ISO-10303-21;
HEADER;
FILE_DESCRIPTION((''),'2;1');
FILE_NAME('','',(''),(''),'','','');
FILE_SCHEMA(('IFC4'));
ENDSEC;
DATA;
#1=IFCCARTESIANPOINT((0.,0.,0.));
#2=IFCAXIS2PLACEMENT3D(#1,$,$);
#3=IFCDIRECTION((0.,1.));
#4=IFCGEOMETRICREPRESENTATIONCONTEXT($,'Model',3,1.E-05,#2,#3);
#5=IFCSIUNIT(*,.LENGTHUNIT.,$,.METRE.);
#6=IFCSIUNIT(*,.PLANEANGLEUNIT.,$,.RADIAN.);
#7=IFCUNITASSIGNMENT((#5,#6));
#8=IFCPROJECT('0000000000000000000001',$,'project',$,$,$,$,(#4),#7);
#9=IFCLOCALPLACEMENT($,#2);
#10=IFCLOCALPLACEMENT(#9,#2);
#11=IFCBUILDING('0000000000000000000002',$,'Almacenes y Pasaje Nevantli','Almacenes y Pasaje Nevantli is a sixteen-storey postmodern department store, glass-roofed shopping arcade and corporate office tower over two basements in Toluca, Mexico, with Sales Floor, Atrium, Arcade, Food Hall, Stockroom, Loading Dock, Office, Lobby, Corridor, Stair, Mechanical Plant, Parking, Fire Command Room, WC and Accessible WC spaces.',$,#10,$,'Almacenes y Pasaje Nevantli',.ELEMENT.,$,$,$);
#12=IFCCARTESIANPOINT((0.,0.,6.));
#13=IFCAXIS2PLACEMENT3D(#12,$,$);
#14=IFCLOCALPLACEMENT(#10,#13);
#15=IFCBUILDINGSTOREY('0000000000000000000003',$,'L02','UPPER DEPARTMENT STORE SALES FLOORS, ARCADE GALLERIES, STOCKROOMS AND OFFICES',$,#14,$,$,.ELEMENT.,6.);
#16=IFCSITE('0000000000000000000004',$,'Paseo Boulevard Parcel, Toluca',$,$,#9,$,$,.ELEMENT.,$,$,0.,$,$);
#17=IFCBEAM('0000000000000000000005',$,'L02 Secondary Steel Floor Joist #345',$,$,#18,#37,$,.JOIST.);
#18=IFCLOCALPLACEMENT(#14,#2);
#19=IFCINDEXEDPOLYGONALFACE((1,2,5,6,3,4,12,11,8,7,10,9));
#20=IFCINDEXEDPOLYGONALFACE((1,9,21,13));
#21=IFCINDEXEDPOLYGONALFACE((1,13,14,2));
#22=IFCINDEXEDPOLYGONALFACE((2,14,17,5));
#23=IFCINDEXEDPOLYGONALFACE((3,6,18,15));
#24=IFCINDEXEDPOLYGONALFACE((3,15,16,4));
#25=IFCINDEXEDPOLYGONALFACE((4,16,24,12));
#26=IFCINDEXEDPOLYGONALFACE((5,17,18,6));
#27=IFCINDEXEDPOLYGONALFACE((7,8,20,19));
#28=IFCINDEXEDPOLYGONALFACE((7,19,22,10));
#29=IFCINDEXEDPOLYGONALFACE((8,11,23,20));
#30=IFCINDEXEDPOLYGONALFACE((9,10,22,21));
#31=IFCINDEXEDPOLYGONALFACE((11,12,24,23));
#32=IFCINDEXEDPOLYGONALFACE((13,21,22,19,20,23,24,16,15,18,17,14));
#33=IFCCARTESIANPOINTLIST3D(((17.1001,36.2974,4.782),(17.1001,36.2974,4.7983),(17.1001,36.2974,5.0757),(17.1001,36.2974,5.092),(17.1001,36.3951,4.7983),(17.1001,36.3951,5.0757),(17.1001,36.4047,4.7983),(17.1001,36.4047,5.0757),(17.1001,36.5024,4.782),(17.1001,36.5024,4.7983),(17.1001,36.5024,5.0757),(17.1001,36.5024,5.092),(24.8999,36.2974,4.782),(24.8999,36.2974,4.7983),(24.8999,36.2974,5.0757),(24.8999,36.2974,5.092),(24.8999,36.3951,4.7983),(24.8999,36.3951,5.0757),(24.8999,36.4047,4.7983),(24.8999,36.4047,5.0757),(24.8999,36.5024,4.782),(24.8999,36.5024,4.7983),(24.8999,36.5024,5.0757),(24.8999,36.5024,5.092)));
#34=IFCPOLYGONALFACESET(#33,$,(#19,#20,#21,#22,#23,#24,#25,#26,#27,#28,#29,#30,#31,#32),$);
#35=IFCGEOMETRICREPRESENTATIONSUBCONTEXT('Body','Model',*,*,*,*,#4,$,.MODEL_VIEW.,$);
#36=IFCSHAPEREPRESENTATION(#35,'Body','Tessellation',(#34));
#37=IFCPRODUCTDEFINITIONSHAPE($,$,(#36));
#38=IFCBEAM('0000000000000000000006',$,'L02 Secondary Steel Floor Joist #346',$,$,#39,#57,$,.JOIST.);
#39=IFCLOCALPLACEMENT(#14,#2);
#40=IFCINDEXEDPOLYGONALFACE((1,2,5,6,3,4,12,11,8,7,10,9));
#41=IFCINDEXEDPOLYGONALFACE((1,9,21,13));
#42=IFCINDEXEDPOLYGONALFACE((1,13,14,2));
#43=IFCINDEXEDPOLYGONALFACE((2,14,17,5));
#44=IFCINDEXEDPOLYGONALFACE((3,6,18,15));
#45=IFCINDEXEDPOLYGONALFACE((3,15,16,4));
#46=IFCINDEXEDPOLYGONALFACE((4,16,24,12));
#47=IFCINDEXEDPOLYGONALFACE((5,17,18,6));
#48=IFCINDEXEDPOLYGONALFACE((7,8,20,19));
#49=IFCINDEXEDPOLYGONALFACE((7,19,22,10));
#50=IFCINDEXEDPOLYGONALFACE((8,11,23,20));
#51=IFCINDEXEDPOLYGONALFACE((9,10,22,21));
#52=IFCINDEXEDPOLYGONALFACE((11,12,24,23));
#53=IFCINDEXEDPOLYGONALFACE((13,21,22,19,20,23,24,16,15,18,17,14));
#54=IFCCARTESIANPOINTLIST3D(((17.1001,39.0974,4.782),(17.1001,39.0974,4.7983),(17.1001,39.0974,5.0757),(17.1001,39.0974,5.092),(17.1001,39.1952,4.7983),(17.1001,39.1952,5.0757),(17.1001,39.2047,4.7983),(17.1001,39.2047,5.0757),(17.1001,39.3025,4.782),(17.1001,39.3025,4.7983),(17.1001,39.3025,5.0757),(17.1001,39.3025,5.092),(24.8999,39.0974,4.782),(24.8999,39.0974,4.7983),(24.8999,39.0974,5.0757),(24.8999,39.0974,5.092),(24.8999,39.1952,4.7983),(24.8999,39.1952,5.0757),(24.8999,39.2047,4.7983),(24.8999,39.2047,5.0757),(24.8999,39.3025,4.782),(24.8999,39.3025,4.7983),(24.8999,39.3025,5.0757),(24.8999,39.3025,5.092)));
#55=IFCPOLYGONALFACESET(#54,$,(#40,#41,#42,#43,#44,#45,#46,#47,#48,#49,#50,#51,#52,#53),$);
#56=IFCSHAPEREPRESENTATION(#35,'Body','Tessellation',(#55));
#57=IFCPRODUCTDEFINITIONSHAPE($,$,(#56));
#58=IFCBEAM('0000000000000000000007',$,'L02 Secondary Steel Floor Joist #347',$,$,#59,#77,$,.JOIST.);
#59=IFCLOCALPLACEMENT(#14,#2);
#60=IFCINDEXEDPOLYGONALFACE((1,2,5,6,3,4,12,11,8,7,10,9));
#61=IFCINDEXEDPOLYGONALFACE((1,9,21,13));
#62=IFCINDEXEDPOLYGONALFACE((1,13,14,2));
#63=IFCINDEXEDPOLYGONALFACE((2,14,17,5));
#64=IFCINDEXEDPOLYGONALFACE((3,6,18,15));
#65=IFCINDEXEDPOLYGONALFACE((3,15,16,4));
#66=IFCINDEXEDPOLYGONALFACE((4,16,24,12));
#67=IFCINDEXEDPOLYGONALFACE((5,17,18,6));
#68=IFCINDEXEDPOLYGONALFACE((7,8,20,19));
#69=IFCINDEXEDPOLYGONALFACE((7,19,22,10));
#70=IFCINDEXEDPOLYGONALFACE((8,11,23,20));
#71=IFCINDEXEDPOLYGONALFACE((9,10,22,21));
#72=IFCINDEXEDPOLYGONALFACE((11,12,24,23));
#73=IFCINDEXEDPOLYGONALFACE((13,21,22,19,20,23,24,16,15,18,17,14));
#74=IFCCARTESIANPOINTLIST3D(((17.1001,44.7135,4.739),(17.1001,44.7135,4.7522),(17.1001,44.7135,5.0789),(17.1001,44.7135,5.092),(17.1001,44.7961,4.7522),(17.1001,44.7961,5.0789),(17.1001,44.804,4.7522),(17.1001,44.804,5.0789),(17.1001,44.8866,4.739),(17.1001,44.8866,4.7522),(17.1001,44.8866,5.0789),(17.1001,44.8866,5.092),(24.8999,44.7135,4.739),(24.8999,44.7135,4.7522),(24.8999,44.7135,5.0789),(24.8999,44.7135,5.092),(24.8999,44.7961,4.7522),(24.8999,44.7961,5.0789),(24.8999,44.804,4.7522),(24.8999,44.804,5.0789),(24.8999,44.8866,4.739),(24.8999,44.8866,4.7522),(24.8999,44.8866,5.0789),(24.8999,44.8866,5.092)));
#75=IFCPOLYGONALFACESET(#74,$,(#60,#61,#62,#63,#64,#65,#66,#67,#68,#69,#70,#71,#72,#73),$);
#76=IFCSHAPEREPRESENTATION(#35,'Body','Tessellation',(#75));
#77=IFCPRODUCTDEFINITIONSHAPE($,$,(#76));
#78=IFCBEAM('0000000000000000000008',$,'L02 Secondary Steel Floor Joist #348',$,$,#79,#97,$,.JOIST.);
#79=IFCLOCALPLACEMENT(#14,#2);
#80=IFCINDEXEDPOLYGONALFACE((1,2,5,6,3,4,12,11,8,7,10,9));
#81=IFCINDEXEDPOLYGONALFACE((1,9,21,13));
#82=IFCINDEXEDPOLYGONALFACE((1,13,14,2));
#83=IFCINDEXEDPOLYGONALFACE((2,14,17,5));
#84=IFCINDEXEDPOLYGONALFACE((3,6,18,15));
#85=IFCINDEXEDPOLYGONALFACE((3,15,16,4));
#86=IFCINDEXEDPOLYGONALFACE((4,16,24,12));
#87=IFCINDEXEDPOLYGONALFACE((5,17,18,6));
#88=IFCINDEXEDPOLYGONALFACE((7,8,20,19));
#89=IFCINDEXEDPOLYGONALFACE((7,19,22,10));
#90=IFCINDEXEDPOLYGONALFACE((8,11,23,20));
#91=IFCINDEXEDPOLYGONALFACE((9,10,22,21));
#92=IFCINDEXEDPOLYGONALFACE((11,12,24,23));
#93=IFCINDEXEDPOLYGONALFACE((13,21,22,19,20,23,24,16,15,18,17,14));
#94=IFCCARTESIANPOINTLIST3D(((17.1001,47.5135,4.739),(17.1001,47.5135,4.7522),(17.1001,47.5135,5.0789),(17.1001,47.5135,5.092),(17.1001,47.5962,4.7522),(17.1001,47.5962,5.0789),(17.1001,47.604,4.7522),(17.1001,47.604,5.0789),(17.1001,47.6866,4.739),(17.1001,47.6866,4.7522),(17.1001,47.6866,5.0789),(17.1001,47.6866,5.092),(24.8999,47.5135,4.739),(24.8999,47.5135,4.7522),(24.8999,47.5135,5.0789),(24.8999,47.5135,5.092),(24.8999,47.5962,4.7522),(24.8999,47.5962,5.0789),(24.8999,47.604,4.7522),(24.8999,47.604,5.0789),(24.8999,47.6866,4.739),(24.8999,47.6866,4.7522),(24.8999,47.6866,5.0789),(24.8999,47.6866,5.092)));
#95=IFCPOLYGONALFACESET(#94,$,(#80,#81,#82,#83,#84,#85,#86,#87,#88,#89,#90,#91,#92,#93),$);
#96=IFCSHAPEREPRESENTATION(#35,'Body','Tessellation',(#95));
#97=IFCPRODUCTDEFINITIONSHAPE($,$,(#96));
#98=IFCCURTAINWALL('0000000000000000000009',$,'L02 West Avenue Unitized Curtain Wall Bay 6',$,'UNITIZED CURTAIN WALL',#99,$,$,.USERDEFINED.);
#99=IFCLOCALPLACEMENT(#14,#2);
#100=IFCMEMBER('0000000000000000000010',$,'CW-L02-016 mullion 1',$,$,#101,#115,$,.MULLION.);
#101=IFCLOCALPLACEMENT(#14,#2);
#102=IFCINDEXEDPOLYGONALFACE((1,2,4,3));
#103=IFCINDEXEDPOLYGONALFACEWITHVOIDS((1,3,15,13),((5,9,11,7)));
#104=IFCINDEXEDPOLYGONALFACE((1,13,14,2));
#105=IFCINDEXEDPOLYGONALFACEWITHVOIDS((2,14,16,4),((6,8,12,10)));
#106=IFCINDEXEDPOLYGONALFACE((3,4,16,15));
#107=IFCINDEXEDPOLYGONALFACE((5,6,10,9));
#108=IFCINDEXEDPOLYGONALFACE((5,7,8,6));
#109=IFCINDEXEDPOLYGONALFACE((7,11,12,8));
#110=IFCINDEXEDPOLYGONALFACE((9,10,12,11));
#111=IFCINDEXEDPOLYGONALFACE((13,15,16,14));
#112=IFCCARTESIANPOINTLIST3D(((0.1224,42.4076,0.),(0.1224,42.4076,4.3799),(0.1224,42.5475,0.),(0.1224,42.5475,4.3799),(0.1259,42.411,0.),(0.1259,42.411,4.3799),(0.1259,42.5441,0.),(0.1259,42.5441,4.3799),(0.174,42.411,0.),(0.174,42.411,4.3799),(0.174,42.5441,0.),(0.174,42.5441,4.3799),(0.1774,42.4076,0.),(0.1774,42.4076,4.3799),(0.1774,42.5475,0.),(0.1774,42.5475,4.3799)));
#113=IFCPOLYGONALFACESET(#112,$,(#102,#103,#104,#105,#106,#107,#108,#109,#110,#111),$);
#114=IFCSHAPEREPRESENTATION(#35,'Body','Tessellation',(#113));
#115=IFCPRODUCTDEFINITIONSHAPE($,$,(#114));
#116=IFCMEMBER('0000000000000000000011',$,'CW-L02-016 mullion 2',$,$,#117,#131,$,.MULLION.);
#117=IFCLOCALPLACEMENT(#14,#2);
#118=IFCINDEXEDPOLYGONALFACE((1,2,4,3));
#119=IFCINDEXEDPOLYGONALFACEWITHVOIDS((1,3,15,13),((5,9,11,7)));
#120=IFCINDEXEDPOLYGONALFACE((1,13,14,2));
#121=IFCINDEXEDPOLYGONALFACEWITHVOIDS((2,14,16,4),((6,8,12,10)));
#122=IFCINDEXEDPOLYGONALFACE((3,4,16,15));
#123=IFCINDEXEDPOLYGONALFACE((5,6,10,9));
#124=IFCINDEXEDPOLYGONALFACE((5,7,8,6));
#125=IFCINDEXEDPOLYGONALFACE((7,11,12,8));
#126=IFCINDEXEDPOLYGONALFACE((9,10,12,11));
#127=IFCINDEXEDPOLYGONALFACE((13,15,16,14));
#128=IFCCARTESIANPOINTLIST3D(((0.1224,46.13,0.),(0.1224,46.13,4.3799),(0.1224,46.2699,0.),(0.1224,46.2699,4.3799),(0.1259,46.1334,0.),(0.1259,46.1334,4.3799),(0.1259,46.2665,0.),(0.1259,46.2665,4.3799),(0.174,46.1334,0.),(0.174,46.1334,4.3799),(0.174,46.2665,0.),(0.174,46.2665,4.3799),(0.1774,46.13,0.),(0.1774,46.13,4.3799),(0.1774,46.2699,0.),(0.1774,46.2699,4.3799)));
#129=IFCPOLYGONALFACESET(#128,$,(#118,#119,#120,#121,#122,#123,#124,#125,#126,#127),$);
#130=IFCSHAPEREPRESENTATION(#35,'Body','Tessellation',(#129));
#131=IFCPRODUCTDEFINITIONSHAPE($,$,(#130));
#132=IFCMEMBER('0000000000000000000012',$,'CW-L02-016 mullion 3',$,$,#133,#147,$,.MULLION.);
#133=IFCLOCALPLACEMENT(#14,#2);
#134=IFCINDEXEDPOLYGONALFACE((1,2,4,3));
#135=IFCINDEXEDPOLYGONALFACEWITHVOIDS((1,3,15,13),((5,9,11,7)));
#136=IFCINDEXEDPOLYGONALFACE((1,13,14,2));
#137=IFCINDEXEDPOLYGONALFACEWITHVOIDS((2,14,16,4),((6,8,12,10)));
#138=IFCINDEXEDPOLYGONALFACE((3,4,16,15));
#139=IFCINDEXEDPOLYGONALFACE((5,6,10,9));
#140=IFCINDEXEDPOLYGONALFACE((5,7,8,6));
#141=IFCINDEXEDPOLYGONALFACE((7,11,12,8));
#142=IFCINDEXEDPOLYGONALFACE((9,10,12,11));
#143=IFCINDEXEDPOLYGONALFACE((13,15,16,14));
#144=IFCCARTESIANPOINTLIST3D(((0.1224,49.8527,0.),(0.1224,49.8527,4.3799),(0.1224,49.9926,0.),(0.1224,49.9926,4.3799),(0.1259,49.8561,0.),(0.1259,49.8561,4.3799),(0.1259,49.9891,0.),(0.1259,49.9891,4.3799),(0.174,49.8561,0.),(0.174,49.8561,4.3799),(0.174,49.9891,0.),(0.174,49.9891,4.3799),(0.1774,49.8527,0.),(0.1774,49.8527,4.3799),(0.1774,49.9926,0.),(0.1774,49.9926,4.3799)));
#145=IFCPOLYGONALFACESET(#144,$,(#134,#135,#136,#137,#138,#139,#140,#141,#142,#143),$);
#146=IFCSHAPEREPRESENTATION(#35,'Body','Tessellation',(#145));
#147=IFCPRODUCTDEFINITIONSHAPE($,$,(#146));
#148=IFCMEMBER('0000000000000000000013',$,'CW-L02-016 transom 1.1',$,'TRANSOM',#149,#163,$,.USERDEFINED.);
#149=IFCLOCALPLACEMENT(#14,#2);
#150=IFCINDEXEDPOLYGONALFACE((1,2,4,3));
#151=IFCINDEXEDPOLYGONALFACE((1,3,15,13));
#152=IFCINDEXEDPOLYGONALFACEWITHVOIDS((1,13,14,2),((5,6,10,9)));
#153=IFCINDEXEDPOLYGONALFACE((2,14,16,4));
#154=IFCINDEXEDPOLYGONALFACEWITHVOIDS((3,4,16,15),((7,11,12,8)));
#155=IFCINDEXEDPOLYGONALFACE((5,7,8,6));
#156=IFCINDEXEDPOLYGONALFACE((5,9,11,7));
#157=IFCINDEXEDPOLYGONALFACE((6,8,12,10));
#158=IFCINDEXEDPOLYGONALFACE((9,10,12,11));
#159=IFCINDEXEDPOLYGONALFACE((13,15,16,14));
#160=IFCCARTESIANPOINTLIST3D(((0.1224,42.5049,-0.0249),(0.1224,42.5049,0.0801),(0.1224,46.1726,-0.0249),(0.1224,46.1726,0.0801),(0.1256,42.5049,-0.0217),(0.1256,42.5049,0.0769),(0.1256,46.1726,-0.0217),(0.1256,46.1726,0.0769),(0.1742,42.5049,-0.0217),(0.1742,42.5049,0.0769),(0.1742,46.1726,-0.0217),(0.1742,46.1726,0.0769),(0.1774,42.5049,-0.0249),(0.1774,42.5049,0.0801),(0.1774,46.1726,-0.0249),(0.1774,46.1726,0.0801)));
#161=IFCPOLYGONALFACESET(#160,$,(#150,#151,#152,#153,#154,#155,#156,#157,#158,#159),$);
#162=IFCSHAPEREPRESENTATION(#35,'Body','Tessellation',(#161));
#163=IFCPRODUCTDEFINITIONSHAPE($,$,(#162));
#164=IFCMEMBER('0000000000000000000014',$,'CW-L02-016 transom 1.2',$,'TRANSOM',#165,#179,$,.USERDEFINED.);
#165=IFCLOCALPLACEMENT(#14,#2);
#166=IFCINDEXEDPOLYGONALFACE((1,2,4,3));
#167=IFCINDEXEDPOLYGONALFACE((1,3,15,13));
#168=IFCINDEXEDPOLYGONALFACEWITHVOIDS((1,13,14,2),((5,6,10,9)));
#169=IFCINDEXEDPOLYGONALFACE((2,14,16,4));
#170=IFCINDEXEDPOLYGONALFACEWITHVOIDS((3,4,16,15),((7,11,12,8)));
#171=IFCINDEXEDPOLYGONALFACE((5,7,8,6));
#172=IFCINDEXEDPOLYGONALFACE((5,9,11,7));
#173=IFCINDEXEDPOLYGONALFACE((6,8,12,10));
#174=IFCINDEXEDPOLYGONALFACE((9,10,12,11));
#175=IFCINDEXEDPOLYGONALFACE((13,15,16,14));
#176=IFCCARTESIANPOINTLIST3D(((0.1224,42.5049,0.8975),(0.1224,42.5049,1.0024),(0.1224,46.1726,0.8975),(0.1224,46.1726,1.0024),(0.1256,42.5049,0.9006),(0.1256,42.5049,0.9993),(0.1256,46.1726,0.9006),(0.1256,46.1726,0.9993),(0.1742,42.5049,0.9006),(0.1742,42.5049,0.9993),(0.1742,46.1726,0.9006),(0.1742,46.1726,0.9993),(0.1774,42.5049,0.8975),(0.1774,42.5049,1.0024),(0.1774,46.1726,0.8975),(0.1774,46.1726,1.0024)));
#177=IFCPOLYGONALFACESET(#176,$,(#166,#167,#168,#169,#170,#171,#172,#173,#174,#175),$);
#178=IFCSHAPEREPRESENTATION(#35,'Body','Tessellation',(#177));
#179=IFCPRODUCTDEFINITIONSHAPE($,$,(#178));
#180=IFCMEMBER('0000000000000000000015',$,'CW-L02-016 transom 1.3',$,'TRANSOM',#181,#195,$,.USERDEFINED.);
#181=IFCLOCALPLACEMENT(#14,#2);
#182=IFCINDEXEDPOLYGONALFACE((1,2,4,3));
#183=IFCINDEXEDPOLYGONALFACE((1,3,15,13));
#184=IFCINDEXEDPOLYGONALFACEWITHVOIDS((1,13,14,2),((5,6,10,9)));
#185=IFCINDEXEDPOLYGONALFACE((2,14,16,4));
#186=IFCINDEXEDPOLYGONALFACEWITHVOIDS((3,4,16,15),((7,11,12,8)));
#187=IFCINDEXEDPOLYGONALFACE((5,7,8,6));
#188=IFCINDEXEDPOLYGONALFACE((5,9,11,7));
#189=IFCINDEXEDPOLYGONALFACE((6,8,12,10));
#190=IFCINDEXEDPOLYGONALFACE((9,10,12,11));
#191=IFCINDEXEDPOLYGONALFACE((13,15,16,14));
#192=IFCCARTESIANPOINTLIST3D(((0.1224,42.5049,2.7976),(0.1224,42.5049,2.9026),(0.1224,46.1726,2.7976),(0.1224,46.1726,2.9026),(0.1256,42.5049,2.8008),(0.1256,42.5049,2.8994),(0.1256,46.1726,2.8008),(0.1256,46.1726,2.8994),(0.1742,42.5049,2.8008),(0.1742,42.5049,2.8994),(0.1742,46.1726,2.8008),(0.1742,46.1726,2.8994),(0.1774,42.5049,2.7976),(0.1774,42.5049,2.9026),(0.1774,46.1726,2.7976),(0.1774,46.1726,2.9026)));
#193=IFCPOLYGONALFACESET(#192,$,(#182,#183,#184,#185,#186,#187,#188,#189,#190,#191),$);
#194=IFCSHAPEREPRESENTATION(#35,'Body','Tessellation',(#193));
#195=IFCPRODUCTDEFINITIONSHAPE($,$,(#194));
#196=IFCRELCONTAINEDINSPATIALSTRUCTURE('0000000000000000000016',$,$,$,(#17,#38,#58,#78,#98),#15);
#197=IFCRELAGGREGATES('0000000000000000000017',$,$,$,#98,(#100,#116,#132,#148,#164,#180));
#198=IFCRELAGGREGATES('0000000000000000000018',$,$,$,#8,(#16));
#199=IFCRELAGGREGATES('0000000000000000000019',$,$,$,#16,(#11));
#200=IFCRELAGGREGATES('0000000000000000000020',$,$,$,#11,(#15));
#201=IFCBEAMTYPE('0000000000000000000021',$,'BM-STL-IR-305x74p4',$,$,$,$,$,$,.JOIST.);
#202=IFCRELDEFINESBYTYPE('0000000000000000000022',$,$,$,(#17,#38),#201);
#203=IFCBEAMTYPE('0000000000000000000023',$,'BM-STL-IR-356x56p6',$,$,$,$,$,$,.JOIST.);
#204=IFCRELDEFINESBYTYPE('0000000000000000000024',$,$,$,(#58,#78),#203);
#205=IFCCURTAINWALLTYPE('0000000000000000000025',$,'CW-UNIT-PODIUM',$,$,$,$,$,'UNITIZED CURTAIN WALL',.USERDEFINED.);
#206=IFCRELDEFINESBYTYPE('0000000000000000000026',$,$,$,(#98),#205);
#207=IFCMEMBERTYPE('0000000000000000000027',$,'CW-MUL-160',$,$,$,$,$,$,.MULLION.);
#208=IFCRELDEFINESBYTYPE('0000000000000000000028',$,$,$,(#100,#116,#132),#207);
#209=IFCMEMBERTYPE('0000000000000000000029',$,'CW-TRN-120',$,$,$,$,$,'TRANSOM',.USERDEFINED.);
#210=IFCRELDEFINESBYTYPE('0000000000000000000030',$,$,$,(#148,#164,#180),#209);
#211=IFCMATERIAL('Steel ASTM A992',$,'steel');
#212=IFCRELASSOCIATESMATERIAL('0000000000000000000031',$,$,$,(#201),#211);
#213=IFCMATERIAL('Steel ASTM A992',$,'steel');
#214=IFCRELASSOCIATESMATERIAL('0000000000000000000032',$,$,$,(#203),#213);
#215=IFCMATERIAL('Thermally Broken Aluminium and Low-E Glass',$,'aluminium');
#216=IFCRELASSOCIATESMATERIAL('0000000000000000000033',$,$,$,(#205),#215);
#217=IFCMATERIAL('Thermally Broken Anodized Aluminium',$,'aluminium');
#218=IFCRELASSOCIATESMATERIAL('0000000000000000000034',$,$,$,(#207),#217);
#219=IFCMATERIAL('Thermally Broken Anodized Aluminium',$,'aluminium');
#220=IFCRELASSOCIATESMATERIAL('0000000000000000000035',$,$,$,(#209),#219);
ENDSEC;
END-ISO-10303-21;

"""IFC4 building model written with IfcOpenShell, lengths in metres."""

from ifc_helpers import new_model, si_unit, direction, frame, origin, origin_2d, place, context, subcontext, project, spatial, hollow_rectangle, i_section, extrude, material, material_profile, profile_set, type_object, element, aggregate, save


model = new_model("IFC4")

# Units and contexts
model_context = context("Model", 3, precision=1e-05, world=origin(), true_north=direction((0.0, 1.0)))
body_context = subcontext(model_context, "Body", "Model", "MODEL_VIEW")
ifc_project = project(units=[si_unit("LENGTHUNIT", "METRE"), si_unit("PLANEANGLEUNIT", "RADIAN")], contexts=[model_context])

# Site, building, storey
site_placement = place(None, origin())
site = spatial("IfcSite", under=ifc_project, at=site_placement, Name="Paseo Boulevard Parcel, Toluca", CompositionType="ELEMENT", RefElevation=0.0)
building_placement = place(site_placement, origin())
building = spatial("IfcBuilding", under=site, at=building_placement, Name="Almacenes y Pasaje Nevantli", Description="Almacenes y Pasaje Nevantli is a sixteen-storey postmodern department store, glass-roofed shopping arcade and corporate office tower over two basements in Toluca, Mexico, with Sales Floor, Atrium, Arcade, Food Hall, Stockroom, Loading Dock, Office, Lobby, Corridor, Stair, Mechanical Plant, Parking, Fire Command Room, WC and Accessible WC spaces.", LongName="Almacenes y Pasaje Nevantli", CompositionType="ELEMENT")
storey_placement = place(building_placement, frame((0.0, 0.0, 6.0)))
storey = spatial("IfcBuildingStorey", under=building, at=storey_placement, Name="L02", Description="UPPER DEPARTMENT STORE SALES FLOORS, ARCADE GALLERIES, STOCKROOMS AND OFFICES", CompositionType="ELEMENT", Elevation=6.0)

# Beams
ifc_material_1 = material(Name="Steel ASTM A992", Category="steel")
ifc_material_profile_1 = material_profile(ifc_material_1, i_section(OverallWidth=0.2051, OverallDepth=0.3101, WebThickness=0.0095, FlangeThickness=0.0164, at=origin_2d()), Name="IR 305x74.4")
ifc_profile_set_1 = profile_set([ifc_material_profile_1], Name="Steel ASTM A992")
beam_type_1 = type_object("IfcBeamType", Name="BM-STL-IR-305x74p4", PredefinedType="JOIST", material=ifc_profile_set_1)
for number, where, z_axis, x_axis, name in (
    (1, (17.1001, 36.3999, 4.937), (1.0, 0.0, 0.0), (0.0, 1.0, 0.0), "L02 Secondary Steel Floor Joist #345"),
    (2, (17.1001, 39.2, 4.937), (1.0, 0.0, 0.0), (0.0, 1.0, 0.0), "L02 Secondary Steel Floor Joist #346"),
):
    element("IfcBeam", number, at=place(storey_placement, frame(where, z_axis=z_axis, x_axis=x_axis)), inside=storey, type_object=beam_type_1, Name=name, PredefinedType="JOIST", context=body_context, shape_type="SweptSolid", body=[
        extrude(i_section(OverallWidth=0.2051, OverallDepth=0.3101, WebThickness=0.0095, FlangeThickness=0.0164, at=origin_2d()), origin(), (0.0, 0.0, 1.0), 7.7998),
    ])
ifc_material_2 = material(Name="Steel ASTM A992", Category="steel")
ifc_material_profile_2 = material_profile(ifc_material_2, i_section(OverallWidth=0.1731, OverallDepth=0.353, WebThickness=0.0078, FlangeThickness=0.0132, at=origin_2d()), Name="IR 356x56.6")
ifc_profile_set_2 = profile_set([ifc_material_profile_2], Name="Steel ASTM A992")
beam_type_2 = type_object("IfcBeamType", Name="BM-STL-IR-356x56p6", PredefinedType="JOIST", material=ifc_profile_set_2)
for number, where, z_axis, x_axis, name in (
    (3, (17.1001, 44.8, 4.9155), (1.0, 0.0, 0.0), (0.0, 1.0, 0.0), "L02 Secondary Steel Floor Joist #347"),
    (4, (17.1001, 47.6001, 4.9155), (1.0, 0.0, 0.0), (0.0, 1.0, 0.0), "L02 Secondary Steel Floor Joist #348"),
):
    element("IfcBeam", number, at=place(storey_placement, frame(where, z_axis=z_axis, x_axis=x_axis)), inside=storey, type_object=beam_type_2, Name=name, PredefinedType="JOIST", context=body_context, shape_type="SweptSolid", body=[
        extrude(i_section(OverallWidth=0.1731, OverallDepth=0.353, WebThickness=0.0078, FlangeThickness=0.0132, at=origin_2d()), origin(), (0.0, 0.0, 1.0), 7.7998),
    ])

# Curtain wall, members
ifc_material_3 = material(Name="Thermally Broken Aluminium and Low-E Glass", Category="aluminium")
curtain_wall_type = type_object("IfcCurtainWallType", Name="CW-UNIT-PODIUM", ElementType="UNITIZED CURTAIN WALL", PredefinedType="USERDEFINED", material=ifc_material_3)
curtain_wall_placement = place(storey_placement, origin())
curtain_wall = element("IfcCurtainWall", 5, at=curtain_wall_placement, inside=storey, type_object=curtain_wall_type, Name="L02 West Avenue Unitized Curtain Wall Bay 6", ObjectType="UNITIZED CURTAIN WALL", PredefinedType="USERDEFINED")
ifc_material_4 = material(Name="Thermally Broken Anodized Aluminium", Category="aluminium")
ifc_material_profile_3 = material_profile(ifc_material_4, hollow_rectangle(XDim=0.0549, YDim=0.1399, WallThickness=0.0034, at=origin_2d()), Name="ALU-MUL-55x140")
ifc_profile_set_3 = profile_set([ifc_material_profile_3], Name="Thermally Broken Anodized Aluminium")
member_type_1 = type_object("IfcMemberType", Name="CW-MUL-160", PredefinedType="MULLION", material=ifc_profile_set_3)
member_1_placement = place(storey_placement, frame((0.1499, 42.4775, 0.0), z_axis=(0.0, 0.0, 1.0), x_axis=(-1.0, 0.0, 0.0)))
member_1 = element("IfcMember", 6, at=member_1_placement, type_object=member_type_1, Name="CW-L02-016 mullion 1", PredefinedType="MULLION", context=body_context, shape_type="SweptSolid", body=[
    extrude(hollow_rectangle(XDim=0.0549, YDim=0.1399, WallThickness=0.0034, at=origin_2d()), origin(), (0.0, 0.0, 1.0), 4.3799),
])
member_2_placement = place(storey_placement, frame((0.1499, 46.2, 0.0), z_axis=(0.0, 0.0, 1.0), x_axis=(-1.0, 0.0, 0.0)))
member_2 = element("IfcMember", 7, at=member_2_placement, type_object=member_type_1, Name="CW-L02-016 mullion 2", PredefinedType="MULLION", context=body_context, shape_type="SweptSolid", body=[
    extrude(hollow_rectangle(XDim=0.0549, YDim=0.1399, WallThickness=0.0034, at=origin_2d()), origin(), (0.0, 0.0, 1.0), 4.3799),
])
member_3_placement = place(storey_placement, frame((0.1499, 49.9226, 0.0), z_axis=(0.0, 0.0, 1.0), x_axis=(-1.0, 0.0, 0.0)))
member_3 = element("IfcMember", 8, at=member_3_placement, type_object=member_type_1, Name="CW-L02-016 mullion 3", PredefinedType="MULLION", context=body_context, shape_type="SweptSolid", body=[
    extrude(hollow_rectangle(XDim=0.0549, YDim=0.1399, WallThickness=0.0034, at=origin_2d()), origin(), (0.0, 0.0, 1.0), 4.3799),
])
ifc_material_5 = material(Name="Thermally Broken Anodized Aluminium", Category="aluminium")
ifc_material_profile_4 = material_profile(ifc_material_5, hollow_rectangle(XDim=0.0549, YDim=0.105, WallThickness=0.0032, at=origin_2d()), Name="ALU-TRN-55x105")
ifc_profile_set_4 = profile_set([ifc_material_profile_4], Name="Thermally Broken Anodized Aluminium")
member_type_2 = type_object("IfcMemberType", Name="CW-TRN-120", ElementType="TRANSOM", PredefinedType="USERDEFINED", material=ifc_profile_set_4)
member_4_placement = place(storey_placement, frame((0.1499, 42.5049, 0.0276), z_axis=(0.0, 1.0, 0.0), x_axis=(-1.0, 0.0, 0.0)))
member_4 = element("IfcMember", 9, at=member_4_placement, type_object=member_type_2, Name="CW-L02-016 transom 1.1", ObjectType="TRANSOM", PredefinedType="USERDEFINED", context=body_context, shape_type="SweptSolid", body=[
    extrude(hollow_rectangle(XDim=0.0549, YDim=0.105, WallThickness=0.0032, at=origin_2d()), origin(), (0.0, 0.0, 1.0), 3.6677),
])
member_5_placement = place(storey_placement, frame((0.1499, 42.5049, 0.95), z_axis=(0.0, 1.0, 0.0), x_axis=(-1.0, 0.0, 0.0)))
member_5 = element("IfcMember", 10, at=member_5_placement, type_object=member_type_2, Name="CW-L02-016 transom 1.2", ObjectType="TRANSOM", PredefinedType="USERDEFINED", context=body_context, shape_type="SweptSolid", body=[
    extrude(hollow_rectangle(XDim=0.0549, YDim=0.105, WallThickness=0.0032, at=origin_2d()), origin(), (0.0, 0.0, 1.0), 3.6677),
])
member_6_placement = place(storey_placement, frame((0.1499, 42.5049, 2.8501), z_axis=(0.0, 1.0, 0.0), x_axis=(-1.0, 0.0, 0.0)))
member_6 = element("IfcMember", 11, at=member_6_placement, type_object=member_type_2, Name="CW-L02-016 transom 1.3", ObjectType="TRANSOM", PredefinedType="USERDEFINED", context=body_context, shape_type="SweptSolid", body=[
    extrude(hollow_rectangle(XDim=0.0549, YDim=0.105, WallThickness=0.0032, at=origin_2d()), origin(), (0.0, 0.0, 1.0), 3.6677),
])
aggregate(curtain_wall, [member_1, member_2, member_3, member_4, member_5, member_6])

save(model, "model.ifc")
